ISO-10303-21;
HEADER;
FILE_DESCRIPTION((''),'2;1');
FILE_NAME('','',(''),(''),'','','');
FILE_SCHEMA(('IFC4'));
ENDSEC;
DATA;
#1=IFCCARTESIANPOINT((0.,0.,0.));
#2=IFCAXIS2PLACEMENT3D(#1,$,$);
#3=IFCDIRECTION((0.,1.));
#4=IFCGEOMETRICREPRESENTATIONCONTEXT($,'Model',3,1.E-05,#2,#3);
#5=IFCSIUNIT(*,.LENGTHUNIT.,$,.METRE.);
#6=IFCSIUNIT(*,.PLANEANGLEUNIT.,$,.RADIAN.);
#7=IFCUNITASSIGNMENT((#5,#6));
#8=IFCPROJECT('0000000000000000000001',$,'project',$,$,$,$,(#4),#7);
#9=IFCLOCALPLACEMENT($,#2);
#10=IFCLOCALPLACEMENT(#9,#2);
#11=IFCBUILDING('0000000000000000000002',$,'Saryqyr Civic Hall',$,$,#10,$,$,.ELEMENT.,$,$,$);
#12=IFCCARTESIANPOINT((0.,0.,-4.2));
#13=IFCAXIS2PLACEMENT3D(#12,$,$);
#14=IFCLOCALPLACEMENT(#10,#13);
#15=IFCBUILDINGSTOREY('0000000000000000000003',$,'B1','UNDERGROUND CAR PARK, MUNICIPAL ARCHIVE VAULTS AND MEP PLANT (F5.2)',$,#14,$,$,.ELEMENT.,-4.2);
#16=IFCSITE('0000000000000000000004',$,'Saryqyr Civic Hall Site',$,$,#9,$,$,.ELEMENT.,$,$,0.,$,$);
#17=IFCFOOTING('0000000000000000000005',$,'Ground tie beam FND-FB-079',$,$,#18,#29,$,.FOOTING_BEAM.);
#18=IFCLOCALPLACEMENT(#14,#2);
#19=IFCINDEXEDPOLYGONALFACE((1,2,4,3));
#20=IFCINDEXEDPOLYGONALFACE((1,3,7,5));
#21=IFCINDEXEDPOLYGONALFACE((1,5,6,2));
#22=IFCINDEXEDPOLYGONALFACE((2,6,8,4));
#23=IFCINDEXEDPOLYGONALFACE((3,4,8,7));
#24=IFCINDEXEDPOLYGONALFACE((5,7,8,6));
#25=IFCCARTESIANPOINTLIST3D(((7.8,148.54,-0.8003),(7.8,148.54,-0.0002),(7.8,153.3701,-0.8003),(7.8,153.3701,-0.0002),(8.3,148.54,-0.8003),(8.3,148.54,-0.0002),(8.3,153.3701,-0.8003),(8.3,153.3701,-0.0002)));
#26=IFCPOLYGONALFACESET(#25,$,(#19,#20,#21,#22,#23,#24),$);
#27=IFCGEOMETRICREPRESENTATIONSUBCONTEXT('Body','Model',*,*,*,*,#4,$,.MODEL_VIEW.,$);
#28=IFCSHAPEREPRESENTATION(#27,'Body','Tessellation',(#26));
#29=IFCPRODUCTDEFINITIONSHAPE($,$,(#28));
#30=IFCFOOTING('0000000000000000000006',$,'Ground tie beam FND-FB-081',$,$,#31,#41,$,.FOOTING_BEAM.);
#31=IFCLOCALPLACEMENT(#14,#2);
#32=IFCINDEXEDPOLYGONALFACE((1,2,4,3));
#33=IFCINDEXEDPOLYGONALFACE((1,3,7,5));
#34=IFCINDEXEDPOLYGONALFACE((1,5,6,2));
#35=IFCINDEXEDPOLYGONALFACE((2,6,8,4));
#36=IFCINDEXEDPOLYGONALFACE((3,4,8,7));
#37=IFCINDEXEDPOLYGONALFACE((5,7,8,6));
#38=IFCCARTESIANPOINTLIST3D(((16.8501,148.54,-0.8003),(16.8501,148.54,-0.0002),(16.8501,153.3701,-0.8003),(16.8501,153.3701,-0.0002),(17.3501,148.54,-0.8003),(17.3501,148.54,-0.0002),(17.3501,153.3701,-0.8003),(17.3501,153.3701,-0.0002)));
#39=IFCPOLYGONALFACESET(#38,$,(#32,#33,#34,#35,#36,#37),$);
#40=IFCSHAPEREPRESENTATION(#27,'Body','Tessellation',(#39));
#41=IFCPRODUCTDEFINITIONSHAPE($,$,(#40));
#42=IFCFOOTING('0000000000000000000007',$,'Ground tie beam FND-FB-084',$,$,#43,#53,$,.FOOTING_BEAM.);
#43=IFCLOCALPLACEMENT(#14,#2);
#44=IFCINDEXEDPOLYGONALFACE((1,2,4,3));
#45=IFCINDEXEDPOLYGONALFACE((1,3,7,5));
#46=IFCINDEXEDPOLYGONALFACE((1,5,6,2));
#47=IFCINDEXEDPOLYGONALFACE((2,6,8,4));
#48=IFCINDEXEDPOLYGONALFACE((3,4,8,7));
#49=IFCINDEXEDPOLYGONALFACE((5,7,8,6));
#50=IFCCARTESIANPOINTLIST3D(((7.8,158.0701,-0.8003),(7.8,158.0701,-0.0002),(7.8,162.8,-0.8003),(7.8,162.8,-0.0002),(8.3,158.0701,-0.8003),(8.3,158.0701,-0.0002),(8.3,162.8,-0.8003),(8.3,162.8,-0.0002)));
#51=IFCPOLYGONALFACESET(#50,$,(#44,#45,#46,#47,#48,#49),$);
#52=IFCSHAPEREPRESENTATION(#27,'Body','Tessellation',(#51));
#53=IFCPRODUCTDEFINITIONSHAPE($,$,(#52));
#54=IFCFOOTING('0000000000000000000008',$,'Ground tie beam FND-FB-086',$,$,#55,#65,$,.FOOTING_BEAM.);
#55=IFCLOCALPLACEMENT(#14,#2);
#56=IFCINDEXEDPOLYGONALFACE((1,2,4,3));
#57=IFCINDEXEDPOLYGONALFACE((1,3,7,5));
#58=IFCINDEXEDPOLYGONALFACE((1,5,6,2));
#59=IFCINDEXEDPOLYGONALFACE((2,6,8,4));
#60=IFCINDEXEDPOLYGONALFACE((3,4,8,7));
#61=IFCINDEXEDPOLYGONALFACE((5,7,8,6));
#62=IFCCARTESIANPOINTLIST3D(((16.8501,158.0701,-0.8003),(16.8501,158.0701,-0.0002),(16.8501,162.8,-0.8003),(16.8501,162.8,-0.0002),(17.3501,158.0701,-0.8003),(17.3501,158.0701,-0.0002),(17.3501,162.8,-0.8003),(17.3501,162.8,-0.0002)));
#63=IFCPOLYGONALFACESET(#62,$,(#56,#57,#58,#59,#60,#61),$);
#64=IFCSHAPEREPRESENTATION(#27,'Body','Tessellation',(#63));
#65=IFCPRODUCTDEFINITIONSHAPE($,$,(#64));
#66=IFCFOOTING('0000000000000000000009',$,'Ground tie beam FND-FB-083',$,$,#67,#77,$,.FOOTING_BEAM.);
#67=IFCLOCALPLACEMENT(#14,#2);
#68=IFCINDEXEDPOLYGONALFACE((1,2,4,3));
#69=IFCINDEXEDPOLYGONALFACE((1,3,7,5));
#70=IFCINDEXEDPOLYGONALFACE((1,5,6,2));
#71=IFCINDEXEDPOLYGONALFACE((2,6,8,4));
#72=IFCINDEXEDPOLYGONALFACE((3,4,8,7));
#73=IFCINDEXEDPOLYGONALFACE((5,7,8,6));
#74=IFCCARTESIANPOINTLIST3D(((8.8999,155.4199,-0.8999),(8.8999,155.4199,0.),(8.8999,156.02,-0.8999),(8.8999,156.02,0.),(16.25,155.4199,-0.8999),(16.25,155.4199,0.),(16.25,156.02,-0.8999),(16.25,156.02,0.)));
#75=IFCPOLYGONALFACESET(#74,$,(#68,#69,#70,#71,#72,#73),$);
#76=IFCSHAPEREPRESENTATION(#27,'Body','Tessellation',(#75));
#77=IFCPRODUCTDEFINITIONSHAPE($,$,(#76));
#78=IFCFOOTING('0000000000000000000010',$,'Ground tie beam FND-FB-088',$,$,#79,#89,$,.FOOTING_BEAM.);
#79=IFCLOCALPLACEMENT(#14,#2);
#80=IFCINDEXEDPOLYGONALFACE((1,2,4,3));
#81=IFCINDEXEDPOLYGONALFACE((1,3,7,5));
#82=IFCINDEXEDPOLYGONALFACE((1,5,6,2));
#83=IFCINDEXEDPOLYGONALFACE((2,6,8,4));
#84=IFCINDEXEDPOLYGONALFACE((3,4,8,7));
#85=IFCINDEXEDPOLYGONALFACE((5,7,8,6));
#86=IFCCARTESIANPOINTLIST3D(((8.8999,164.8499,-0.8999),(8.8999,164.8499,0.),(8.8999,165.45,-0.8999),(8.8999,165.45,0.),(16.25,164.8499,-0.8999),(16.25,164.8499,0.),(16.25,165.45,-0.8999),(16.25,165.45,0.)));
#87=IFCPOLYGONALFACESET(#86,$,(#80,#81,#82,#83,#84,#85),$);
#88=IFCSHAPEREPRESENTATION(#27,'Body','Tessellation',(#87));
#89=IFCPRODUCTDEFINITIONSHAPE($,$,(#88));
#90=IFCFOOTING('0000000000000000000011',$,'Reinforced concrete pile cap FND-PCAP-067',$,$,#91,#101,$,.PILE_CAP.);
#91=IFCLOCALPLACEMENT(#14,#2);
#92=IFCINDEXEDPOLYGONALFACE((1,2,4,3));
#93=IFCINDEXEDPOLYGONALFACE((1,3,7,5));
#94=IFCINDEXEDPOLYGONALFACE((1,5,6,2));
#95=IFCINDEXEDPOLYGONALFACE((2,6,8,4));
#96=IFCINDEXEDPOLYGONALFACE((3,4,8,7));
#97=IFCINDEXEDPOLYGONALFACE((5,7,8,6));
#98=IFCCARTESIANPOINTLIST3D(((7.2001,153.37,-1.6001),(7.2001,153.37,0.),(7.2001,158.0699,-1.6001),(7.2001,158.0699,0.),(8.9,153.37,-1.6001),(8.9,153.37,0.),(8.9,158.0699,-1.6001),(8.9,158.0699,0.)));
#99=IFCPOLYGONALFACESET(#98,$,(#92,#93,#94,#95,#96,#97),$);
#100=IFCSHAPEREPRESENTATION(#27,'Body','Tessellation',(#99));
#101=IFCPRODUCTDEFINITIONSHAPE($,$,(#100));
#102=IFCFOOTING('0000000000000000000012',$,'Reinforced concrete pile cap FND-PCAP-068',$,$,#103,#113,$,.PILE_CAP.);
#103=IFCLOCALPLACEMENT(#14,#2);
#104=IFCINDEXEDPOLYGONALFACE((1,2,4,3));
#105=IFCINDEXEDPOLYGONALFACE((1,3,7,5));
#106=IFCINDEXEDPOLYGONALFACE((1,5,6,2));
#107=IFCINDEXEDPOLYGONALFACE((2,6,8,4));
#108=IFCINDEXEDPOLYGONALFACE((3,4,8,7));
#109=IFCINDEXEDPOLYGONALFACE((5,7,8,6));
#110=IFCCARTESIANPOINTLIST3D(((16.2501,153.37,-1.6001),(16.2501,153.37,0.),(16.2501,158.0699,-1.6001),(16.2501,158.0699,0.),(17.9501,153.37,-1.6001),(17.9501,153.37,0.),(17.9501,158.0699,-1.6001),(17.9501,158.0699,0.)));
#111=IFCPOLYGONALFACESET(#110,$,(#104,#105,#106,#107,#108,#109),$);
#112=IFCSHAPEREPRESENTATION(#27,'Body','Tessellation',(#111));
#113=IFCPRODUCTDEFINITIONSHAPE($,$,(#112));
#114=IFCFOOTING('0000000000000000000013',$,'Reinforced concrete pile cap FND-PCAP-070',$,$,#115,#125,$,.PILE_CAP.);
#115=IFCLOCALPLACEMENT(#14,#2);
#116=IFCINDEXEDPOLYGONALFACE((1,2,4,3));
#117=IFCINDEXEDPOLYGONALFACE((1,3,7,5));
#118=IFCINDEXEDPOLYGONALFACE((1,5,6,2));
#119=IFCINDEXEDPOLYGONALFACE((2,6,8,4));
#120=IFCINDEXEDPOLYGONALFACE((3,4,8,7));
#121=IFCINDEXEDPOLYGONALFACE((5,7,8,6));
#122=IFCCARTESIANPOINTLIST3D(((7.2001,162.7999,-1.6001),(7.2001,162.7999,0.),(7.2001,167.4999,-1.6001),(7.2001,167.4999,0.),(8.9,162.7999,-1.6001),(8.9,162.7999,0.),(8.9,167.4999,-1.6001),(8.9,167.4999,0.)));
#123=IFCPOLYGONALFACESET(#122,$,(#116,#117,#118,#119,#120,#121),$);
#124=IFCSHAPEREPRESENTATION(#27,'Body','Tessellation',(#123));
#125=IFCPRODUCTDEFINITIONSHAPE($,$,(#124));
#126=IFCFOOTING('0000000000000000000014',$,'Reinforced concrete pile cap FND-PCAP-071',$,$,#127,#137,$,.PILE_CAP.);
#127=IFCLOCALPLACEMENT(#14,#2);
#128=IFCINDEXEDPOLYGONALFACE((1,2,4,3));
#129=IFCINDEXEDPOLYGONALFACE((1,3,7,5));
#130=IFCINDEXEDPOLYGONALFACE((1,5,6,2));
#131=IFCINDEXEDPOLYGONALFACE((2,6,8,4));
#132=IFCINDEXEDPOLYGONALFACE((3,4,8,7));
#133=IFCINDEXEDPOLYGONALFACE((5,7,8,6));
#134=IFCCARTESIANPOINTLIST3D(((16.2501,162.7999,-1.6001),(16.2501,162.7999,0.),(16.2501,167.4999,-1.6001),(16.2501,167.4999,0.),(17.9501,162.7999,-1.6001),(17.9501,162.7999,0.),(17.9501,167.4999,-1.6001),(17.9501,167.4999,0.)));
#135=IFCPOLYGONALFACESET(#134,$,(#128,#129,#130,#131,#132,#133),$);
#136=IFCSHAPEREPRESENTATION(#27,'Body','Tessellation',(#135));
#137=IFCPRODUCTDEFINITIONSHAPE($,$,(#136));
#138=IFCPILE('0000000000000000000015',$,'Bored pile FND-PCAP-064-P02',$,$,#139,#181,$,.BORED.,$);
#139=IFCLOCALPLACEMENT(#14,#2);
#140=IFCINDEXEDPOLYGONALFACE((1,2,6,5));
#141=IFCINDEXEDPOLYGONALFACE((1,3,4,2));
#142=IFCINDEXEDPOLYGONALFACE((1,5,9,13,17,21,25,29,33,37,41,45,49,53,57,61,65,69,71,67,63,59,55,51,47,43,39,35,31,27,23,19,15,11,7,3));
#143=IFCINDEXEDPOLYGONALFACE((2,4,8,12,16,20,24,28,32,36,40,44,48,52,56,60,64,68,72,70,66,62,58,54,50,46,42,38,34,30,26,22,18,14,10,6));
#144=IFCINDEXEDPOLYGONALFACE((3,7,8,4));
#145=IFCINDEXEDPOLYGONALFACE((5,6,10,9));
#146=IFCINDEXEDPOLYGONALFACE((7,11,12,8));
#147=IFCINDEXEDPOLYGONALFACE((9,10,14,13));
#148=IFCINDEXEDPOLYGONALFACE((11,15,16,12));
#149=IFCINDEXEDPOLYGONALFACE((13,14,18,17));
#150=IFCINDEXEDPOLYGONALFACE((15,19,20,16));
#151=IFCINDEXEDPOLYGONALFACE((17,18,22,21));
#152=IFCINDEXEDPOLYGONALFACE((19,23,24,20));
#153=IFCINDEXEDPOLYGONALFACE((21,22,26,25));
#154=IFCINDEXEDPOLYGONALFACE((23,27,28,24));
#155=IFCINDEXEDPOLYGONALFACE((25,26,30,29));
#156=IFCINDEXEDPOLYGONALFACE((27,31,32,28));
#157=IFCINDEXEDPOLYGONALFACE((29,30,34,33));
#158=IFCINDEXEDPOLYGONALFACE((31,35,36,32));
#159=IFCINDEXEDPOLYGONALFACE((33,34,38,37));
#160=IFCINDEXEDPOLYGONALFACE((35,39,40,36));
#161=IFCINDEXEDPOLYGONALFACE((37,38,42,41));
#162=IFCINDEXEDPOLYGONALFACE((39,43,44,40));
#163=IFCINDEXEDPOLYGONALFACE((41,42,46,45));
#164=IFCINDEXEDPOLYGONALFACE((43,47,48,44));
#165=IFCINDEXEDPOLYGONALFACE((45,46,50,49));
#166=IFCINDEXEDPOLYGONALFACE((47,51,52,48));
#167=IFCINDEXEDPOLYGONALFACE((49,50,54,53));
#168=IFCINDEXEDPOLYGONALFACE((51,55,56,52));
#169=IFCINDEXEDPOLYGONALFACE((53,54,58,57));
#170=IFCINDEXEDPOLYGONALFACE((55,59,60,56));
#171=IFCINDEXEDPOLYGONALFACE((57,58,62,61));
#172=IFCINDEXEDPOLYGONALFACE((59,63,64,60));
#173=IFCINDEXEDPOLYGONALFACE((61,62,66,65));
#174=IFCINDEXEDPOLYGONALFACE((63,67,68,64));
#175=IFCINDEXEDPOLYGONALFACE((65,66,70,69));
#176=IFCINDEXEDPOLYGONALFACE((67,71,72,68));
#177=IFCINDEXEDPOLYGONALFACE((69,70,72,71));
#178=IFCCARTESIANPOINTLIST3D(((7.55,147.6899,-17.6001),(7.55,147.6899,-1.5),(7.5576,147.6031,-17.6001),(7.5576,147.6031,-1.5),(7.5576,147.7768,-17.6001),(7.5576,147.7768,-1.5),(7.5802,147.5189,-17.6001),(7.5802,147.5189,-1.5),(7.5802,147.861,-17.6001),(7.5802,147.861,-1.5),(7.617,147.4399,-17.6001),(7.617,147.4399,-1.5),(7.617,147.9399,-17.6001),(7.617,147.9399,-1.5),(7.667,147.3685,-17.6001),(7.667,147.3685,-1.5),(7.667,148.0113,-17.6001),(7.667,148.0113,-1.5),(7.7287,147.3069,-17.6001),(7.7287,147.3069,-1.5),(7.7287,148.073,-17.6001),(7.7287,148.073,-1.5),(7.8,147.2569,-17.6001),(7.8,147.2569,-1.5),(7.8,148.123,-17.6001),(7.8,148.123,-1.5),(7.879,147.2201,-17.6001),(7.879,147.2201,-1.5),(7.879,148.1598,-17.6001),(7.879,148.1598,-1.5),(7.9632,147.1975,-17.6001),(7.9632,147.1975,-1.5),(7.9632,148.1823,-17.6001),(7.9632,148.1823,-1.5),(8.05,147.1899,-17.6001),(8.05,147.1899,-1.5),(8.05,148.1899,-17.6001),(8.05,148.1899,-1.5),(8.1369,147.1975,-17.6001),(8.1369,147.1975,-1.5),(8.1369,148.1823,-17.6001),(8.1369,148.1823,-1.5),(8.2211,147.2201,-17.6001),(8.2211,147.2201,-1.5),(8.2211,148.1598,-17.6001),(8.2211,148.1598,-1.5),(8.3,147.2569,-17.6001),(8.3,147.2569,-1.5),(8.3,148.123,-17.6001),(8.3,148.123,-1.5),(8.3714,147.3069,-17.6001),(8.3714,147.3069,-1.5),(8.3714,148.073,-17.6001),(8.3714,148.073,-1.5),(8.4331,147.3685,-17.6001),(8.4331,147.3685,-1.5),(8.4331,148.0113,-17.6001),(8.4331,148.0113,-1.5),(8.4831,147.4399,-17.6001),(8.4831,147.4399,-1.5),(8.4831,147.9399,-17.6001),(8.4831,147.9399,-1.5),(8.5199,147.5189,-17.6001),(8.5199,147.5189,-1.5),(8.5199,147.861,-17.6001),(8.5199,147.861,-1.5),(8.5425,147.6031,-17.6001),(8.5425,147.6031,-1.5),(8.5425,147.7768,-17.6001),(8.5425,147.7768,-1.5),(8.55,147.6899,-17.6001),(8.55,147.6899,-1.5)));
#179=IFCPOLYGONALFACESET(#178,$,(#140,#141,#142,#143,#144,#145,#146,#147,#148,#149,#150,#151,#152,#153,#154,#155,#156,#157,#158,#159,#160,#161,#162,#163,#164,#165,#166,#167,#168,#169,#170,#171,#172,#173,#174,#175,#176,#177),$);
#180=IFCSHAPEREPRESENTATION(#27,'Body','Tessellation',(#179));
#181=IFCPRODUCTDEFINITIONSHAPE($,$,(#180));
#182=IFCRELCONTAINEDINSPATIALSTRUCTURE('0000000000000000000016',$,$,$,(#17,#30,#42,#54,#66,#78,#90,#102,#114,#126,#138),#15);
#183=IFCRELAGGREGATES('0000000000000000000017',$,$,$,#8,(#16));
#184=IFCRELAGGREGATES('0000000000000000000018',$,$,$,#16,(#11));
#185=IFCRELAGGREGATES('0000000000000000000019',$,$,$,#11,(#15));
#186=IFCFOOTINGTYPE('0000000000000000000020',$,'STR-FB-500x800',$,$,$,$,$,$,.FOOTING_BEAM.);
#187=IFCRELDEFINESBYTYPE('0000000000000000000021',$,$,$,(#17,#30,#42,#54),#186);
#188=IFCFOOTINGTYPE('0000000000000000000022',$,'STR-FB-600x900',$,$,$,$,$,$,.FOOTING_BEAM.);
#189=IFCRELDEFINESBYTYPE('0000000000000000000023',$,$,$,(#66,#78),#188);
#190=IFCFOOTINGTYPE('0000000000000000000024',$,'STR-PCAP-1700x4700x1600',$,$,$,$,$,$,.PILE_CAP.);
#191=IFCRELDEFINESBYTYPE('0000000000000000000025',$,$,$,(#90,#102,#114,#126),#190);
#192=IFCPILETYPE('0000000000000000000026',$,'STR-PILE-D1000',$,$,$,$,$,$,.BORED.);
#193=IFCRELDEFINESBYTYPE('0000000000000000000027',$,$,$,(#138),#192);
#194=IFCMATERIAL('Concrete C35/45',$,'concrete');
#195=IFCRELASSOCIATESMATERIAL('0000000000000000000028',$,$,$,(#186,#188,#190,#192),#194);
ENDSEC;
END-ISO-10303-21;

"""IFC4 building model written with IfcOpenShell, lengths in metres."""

from ifc_helpers import new_model, si_unit, direction, frame, origin, origin_2d, place, context, subcontext, project, spatial, rectangle, circle, extrude, material, material_profile, profile_set, type_object, element, save


model = new_model("IFC4")

# Units and contexts
model_context = context("Model", 3, precision=1e-05, world=origin(), true_north=direction((0.0, 1.0)))
body_context = subcontext(model_context, "Body", "Model", "MODEL_VIEW")
ifc_project = project(units=[si_unit("LENGTHUNIT", "METRE"), si_unit("PLANEANGLEUNIT", "RADIAN")], contexts=[model_context])

# Site, building, storey
site_placement = place(None, origin())
site = spatial("IfcSite", under=ifc_project, at=site_placement, Name="Saryqyr Civic Hall Site", CompositionType="ELEMENT", RefElevation=0.0)
building_placement = place(site_placement, origin())
building = spatial("IfcBuilding", under=site, at=building_placement, Name="Saryqyr Civic Hall", CompositionType="ELEMENT")
storey_placement = place(building_placement, frame((0.0, 0.0, -4.2)))
storey = spatial("IfcBuildingStorey", under=building, at=storey_placement, Name="B1", Description="UNDERGROUND CAR PARK, MUNICIPAL ARCHIVE VAULTS AND MEP PLANT (F5.2)", CompositionType="ELEMENT", Elevation=-4.2)

# Footings
ifc_material_1 = material(Name="Concrete C35/45", Category="concrete")
footing_type_1 = type_object("IfcFootingType", Name="STR-FB-500x800", PredefinedType="FOOTING_BEAM", material=ifc_material_1)
for number, where, z_axis, x_axis, name in (
    (1, (8.05, 150.9551, -0.8003), (0.0, 0.0, 1.0), (1.0, 0.0, 0.0), "Ground tie beam FND-FB-079"),
    (2, (17.1001, 150.9551, -0.8003), (0.0, 0.0, 1.0), (1.0, 0.0, 0.0), "Ground tie beam FND-FB-081"),
):
    element("IfcFooting", number, at=place(storey_placement, frame(where, z_axis=z_axis, x_axis=x_axis)), inside=storey, type_object=footing_type_1, Name=name, PredefinedType="FOOTING_BEAM", context=body_context, shape_type="SweptSolid", body=[
        extrude(rectangle(XDim=0.5, YDim=4.8301, at=origin_2d()), origin(), (0.0, 0.0, 1.0), 0.8),
    ])
for number, where, z_axis, x_axis, name in (
    (3, (8.05, 160.4351, -0.8003), (0.0, 0.0, 1.0), (1.0, 0.0, 0.0), "Ground tie beam FND-FB-084"),
    (4, (17.1001, 160.4351, -0.8003), (0.0, 0.0, 1.0), (1.0, 0.0, 0.0), "Ground tie beam FND-FB-086"),
):
    element("IfcFooting", number, at=place(storey_placement, frame(where, z_axis=z_axis, x_axis=x_axis)), inside=storey, type_object=footing_type_1, Name=name, PredefinedType="FOOTING_BEAM", context=body_context, shape_type="SweptSolid", body=[
        extrude(rectangle(XDim=0.5, YDim=4.73, at=origin_2d()), origin(), (0.0, 0.0, 1.0), 0.8),
    ])
footing_type_2 = type_object("IfcFootingType", Name="STR-FB-600x900", PredefinedType="FOOTING_BEAM", material=ifc_material_1)
for number, where, z_axis, x_axis, name in (
    (5, (12.575, 155.72, -0.8999), (0.0, 0.0, 1.0), (1.0, 0.0, 0.0), "Ground tie beam FND-FB-083"),
    (6, (12.575, 165.1499, -0.8999), (0.0, 0.0, 1.0), (1.0, 0.0, 0.0), "Ground tie beam FND-FB-088"),
):
    element("IfcFooting", number, at=place(storey_placement, frame(where, z_axis=z_axis, x_axis=x_axis)), inside=storey, type_object=footing_type_2, Name=name, PredefinedType="FOOTING_BEAM", context=body_context, shape_type="SweptSolid", body=[
        extrude(rectangle(XDim=7.3501, YDim=0.6001, at=origin_2d()), origin(), (0.0, 0.0, 1.0), 0.8999),
    ])
footing_type_3 = type_object("IfcFootingType", Name="STR-PCAP-1700x4700x1600", PredefinedType="PILE_CAP", material=ifc_material_1)
for number, where, z_axis, x_axis, name in (
    (7, (8.05, 155.72, -1.6001), (0.0, 0.0, 1.0), (1.0, 0.0, 0.0), "Reinforced concrete pile cap FND-PCAP-067"),
    (8, (17.1001, 155.72, -1.6001), (0.0, 0.0, 1.0), (1.0, 0.0, 0.0), "Reinforced concrete pile cap FND-PCAP-068"),
    (9, (8.05, 165.1499, -1.6001), (0.0, 0.0, 1.0), (1.0, 0.0, 0.0), "Reinforced concrete pile cap FND-PCAP-070"),
    (10, (17.1001, 165.1499, -1.6001), (0.0, 0.0, 1.0), (1.0, 0.0, 0.0), "Reinforced concrete pile cap FND-PCAP-071"),
):
    element("IfcFooting", number, at=place(storey_placement, frame(where, z_axis=z_axis, x_axis=x_axis)), inside=storey, type_object=footing_type_3, Name=name, PredefinedType="PILE_CAP", context=body_context, shape_type="SweptSolid", body=[
        extrude(rectangle(XDim=1.7, YDim=4.7, at=origin_2d()), origin(), (0.0, 0.0, 1.0), 1.6001),
    ])

# Pile
ifc_material_profile_1 = material_profile(ifc_material_1, circle(Radius=0.5, at=origin_2d()), Name="BORED PILE D1000")
ifc_profile_set_1 = profile_set([ifc_material_profile_1], Name="Concrete C35/45")
pile_type = type_object("IfcPileType", Name="STR-PILE-D1000", PredefinedType="BORED", material=ifc_profile_set_1)
for number, where, z_axis, x_axis, name in (
    (11, (8.05, 147.6899, -1.5), (0.0, 0.0, -1.0), (1.0, 0.0, 0.0), "Bored pile FND-PCAP-064-P02"),
):
    element("IfcPile", number, at=place(storey_placement, frame(where, z_axis=z_axis, x_axis=x_axis)), inside=storey, type_object=pile_type, Name=name, PredefinedType="BORED", context=body_context, shape_type="SweptSolid", body=[
        extrude(circle(Radius=0.5, at=origin_2d()), origin(), (0.0, 0.0, 1.0), 16.1001),
    ])

save(model, "model.ifc")
